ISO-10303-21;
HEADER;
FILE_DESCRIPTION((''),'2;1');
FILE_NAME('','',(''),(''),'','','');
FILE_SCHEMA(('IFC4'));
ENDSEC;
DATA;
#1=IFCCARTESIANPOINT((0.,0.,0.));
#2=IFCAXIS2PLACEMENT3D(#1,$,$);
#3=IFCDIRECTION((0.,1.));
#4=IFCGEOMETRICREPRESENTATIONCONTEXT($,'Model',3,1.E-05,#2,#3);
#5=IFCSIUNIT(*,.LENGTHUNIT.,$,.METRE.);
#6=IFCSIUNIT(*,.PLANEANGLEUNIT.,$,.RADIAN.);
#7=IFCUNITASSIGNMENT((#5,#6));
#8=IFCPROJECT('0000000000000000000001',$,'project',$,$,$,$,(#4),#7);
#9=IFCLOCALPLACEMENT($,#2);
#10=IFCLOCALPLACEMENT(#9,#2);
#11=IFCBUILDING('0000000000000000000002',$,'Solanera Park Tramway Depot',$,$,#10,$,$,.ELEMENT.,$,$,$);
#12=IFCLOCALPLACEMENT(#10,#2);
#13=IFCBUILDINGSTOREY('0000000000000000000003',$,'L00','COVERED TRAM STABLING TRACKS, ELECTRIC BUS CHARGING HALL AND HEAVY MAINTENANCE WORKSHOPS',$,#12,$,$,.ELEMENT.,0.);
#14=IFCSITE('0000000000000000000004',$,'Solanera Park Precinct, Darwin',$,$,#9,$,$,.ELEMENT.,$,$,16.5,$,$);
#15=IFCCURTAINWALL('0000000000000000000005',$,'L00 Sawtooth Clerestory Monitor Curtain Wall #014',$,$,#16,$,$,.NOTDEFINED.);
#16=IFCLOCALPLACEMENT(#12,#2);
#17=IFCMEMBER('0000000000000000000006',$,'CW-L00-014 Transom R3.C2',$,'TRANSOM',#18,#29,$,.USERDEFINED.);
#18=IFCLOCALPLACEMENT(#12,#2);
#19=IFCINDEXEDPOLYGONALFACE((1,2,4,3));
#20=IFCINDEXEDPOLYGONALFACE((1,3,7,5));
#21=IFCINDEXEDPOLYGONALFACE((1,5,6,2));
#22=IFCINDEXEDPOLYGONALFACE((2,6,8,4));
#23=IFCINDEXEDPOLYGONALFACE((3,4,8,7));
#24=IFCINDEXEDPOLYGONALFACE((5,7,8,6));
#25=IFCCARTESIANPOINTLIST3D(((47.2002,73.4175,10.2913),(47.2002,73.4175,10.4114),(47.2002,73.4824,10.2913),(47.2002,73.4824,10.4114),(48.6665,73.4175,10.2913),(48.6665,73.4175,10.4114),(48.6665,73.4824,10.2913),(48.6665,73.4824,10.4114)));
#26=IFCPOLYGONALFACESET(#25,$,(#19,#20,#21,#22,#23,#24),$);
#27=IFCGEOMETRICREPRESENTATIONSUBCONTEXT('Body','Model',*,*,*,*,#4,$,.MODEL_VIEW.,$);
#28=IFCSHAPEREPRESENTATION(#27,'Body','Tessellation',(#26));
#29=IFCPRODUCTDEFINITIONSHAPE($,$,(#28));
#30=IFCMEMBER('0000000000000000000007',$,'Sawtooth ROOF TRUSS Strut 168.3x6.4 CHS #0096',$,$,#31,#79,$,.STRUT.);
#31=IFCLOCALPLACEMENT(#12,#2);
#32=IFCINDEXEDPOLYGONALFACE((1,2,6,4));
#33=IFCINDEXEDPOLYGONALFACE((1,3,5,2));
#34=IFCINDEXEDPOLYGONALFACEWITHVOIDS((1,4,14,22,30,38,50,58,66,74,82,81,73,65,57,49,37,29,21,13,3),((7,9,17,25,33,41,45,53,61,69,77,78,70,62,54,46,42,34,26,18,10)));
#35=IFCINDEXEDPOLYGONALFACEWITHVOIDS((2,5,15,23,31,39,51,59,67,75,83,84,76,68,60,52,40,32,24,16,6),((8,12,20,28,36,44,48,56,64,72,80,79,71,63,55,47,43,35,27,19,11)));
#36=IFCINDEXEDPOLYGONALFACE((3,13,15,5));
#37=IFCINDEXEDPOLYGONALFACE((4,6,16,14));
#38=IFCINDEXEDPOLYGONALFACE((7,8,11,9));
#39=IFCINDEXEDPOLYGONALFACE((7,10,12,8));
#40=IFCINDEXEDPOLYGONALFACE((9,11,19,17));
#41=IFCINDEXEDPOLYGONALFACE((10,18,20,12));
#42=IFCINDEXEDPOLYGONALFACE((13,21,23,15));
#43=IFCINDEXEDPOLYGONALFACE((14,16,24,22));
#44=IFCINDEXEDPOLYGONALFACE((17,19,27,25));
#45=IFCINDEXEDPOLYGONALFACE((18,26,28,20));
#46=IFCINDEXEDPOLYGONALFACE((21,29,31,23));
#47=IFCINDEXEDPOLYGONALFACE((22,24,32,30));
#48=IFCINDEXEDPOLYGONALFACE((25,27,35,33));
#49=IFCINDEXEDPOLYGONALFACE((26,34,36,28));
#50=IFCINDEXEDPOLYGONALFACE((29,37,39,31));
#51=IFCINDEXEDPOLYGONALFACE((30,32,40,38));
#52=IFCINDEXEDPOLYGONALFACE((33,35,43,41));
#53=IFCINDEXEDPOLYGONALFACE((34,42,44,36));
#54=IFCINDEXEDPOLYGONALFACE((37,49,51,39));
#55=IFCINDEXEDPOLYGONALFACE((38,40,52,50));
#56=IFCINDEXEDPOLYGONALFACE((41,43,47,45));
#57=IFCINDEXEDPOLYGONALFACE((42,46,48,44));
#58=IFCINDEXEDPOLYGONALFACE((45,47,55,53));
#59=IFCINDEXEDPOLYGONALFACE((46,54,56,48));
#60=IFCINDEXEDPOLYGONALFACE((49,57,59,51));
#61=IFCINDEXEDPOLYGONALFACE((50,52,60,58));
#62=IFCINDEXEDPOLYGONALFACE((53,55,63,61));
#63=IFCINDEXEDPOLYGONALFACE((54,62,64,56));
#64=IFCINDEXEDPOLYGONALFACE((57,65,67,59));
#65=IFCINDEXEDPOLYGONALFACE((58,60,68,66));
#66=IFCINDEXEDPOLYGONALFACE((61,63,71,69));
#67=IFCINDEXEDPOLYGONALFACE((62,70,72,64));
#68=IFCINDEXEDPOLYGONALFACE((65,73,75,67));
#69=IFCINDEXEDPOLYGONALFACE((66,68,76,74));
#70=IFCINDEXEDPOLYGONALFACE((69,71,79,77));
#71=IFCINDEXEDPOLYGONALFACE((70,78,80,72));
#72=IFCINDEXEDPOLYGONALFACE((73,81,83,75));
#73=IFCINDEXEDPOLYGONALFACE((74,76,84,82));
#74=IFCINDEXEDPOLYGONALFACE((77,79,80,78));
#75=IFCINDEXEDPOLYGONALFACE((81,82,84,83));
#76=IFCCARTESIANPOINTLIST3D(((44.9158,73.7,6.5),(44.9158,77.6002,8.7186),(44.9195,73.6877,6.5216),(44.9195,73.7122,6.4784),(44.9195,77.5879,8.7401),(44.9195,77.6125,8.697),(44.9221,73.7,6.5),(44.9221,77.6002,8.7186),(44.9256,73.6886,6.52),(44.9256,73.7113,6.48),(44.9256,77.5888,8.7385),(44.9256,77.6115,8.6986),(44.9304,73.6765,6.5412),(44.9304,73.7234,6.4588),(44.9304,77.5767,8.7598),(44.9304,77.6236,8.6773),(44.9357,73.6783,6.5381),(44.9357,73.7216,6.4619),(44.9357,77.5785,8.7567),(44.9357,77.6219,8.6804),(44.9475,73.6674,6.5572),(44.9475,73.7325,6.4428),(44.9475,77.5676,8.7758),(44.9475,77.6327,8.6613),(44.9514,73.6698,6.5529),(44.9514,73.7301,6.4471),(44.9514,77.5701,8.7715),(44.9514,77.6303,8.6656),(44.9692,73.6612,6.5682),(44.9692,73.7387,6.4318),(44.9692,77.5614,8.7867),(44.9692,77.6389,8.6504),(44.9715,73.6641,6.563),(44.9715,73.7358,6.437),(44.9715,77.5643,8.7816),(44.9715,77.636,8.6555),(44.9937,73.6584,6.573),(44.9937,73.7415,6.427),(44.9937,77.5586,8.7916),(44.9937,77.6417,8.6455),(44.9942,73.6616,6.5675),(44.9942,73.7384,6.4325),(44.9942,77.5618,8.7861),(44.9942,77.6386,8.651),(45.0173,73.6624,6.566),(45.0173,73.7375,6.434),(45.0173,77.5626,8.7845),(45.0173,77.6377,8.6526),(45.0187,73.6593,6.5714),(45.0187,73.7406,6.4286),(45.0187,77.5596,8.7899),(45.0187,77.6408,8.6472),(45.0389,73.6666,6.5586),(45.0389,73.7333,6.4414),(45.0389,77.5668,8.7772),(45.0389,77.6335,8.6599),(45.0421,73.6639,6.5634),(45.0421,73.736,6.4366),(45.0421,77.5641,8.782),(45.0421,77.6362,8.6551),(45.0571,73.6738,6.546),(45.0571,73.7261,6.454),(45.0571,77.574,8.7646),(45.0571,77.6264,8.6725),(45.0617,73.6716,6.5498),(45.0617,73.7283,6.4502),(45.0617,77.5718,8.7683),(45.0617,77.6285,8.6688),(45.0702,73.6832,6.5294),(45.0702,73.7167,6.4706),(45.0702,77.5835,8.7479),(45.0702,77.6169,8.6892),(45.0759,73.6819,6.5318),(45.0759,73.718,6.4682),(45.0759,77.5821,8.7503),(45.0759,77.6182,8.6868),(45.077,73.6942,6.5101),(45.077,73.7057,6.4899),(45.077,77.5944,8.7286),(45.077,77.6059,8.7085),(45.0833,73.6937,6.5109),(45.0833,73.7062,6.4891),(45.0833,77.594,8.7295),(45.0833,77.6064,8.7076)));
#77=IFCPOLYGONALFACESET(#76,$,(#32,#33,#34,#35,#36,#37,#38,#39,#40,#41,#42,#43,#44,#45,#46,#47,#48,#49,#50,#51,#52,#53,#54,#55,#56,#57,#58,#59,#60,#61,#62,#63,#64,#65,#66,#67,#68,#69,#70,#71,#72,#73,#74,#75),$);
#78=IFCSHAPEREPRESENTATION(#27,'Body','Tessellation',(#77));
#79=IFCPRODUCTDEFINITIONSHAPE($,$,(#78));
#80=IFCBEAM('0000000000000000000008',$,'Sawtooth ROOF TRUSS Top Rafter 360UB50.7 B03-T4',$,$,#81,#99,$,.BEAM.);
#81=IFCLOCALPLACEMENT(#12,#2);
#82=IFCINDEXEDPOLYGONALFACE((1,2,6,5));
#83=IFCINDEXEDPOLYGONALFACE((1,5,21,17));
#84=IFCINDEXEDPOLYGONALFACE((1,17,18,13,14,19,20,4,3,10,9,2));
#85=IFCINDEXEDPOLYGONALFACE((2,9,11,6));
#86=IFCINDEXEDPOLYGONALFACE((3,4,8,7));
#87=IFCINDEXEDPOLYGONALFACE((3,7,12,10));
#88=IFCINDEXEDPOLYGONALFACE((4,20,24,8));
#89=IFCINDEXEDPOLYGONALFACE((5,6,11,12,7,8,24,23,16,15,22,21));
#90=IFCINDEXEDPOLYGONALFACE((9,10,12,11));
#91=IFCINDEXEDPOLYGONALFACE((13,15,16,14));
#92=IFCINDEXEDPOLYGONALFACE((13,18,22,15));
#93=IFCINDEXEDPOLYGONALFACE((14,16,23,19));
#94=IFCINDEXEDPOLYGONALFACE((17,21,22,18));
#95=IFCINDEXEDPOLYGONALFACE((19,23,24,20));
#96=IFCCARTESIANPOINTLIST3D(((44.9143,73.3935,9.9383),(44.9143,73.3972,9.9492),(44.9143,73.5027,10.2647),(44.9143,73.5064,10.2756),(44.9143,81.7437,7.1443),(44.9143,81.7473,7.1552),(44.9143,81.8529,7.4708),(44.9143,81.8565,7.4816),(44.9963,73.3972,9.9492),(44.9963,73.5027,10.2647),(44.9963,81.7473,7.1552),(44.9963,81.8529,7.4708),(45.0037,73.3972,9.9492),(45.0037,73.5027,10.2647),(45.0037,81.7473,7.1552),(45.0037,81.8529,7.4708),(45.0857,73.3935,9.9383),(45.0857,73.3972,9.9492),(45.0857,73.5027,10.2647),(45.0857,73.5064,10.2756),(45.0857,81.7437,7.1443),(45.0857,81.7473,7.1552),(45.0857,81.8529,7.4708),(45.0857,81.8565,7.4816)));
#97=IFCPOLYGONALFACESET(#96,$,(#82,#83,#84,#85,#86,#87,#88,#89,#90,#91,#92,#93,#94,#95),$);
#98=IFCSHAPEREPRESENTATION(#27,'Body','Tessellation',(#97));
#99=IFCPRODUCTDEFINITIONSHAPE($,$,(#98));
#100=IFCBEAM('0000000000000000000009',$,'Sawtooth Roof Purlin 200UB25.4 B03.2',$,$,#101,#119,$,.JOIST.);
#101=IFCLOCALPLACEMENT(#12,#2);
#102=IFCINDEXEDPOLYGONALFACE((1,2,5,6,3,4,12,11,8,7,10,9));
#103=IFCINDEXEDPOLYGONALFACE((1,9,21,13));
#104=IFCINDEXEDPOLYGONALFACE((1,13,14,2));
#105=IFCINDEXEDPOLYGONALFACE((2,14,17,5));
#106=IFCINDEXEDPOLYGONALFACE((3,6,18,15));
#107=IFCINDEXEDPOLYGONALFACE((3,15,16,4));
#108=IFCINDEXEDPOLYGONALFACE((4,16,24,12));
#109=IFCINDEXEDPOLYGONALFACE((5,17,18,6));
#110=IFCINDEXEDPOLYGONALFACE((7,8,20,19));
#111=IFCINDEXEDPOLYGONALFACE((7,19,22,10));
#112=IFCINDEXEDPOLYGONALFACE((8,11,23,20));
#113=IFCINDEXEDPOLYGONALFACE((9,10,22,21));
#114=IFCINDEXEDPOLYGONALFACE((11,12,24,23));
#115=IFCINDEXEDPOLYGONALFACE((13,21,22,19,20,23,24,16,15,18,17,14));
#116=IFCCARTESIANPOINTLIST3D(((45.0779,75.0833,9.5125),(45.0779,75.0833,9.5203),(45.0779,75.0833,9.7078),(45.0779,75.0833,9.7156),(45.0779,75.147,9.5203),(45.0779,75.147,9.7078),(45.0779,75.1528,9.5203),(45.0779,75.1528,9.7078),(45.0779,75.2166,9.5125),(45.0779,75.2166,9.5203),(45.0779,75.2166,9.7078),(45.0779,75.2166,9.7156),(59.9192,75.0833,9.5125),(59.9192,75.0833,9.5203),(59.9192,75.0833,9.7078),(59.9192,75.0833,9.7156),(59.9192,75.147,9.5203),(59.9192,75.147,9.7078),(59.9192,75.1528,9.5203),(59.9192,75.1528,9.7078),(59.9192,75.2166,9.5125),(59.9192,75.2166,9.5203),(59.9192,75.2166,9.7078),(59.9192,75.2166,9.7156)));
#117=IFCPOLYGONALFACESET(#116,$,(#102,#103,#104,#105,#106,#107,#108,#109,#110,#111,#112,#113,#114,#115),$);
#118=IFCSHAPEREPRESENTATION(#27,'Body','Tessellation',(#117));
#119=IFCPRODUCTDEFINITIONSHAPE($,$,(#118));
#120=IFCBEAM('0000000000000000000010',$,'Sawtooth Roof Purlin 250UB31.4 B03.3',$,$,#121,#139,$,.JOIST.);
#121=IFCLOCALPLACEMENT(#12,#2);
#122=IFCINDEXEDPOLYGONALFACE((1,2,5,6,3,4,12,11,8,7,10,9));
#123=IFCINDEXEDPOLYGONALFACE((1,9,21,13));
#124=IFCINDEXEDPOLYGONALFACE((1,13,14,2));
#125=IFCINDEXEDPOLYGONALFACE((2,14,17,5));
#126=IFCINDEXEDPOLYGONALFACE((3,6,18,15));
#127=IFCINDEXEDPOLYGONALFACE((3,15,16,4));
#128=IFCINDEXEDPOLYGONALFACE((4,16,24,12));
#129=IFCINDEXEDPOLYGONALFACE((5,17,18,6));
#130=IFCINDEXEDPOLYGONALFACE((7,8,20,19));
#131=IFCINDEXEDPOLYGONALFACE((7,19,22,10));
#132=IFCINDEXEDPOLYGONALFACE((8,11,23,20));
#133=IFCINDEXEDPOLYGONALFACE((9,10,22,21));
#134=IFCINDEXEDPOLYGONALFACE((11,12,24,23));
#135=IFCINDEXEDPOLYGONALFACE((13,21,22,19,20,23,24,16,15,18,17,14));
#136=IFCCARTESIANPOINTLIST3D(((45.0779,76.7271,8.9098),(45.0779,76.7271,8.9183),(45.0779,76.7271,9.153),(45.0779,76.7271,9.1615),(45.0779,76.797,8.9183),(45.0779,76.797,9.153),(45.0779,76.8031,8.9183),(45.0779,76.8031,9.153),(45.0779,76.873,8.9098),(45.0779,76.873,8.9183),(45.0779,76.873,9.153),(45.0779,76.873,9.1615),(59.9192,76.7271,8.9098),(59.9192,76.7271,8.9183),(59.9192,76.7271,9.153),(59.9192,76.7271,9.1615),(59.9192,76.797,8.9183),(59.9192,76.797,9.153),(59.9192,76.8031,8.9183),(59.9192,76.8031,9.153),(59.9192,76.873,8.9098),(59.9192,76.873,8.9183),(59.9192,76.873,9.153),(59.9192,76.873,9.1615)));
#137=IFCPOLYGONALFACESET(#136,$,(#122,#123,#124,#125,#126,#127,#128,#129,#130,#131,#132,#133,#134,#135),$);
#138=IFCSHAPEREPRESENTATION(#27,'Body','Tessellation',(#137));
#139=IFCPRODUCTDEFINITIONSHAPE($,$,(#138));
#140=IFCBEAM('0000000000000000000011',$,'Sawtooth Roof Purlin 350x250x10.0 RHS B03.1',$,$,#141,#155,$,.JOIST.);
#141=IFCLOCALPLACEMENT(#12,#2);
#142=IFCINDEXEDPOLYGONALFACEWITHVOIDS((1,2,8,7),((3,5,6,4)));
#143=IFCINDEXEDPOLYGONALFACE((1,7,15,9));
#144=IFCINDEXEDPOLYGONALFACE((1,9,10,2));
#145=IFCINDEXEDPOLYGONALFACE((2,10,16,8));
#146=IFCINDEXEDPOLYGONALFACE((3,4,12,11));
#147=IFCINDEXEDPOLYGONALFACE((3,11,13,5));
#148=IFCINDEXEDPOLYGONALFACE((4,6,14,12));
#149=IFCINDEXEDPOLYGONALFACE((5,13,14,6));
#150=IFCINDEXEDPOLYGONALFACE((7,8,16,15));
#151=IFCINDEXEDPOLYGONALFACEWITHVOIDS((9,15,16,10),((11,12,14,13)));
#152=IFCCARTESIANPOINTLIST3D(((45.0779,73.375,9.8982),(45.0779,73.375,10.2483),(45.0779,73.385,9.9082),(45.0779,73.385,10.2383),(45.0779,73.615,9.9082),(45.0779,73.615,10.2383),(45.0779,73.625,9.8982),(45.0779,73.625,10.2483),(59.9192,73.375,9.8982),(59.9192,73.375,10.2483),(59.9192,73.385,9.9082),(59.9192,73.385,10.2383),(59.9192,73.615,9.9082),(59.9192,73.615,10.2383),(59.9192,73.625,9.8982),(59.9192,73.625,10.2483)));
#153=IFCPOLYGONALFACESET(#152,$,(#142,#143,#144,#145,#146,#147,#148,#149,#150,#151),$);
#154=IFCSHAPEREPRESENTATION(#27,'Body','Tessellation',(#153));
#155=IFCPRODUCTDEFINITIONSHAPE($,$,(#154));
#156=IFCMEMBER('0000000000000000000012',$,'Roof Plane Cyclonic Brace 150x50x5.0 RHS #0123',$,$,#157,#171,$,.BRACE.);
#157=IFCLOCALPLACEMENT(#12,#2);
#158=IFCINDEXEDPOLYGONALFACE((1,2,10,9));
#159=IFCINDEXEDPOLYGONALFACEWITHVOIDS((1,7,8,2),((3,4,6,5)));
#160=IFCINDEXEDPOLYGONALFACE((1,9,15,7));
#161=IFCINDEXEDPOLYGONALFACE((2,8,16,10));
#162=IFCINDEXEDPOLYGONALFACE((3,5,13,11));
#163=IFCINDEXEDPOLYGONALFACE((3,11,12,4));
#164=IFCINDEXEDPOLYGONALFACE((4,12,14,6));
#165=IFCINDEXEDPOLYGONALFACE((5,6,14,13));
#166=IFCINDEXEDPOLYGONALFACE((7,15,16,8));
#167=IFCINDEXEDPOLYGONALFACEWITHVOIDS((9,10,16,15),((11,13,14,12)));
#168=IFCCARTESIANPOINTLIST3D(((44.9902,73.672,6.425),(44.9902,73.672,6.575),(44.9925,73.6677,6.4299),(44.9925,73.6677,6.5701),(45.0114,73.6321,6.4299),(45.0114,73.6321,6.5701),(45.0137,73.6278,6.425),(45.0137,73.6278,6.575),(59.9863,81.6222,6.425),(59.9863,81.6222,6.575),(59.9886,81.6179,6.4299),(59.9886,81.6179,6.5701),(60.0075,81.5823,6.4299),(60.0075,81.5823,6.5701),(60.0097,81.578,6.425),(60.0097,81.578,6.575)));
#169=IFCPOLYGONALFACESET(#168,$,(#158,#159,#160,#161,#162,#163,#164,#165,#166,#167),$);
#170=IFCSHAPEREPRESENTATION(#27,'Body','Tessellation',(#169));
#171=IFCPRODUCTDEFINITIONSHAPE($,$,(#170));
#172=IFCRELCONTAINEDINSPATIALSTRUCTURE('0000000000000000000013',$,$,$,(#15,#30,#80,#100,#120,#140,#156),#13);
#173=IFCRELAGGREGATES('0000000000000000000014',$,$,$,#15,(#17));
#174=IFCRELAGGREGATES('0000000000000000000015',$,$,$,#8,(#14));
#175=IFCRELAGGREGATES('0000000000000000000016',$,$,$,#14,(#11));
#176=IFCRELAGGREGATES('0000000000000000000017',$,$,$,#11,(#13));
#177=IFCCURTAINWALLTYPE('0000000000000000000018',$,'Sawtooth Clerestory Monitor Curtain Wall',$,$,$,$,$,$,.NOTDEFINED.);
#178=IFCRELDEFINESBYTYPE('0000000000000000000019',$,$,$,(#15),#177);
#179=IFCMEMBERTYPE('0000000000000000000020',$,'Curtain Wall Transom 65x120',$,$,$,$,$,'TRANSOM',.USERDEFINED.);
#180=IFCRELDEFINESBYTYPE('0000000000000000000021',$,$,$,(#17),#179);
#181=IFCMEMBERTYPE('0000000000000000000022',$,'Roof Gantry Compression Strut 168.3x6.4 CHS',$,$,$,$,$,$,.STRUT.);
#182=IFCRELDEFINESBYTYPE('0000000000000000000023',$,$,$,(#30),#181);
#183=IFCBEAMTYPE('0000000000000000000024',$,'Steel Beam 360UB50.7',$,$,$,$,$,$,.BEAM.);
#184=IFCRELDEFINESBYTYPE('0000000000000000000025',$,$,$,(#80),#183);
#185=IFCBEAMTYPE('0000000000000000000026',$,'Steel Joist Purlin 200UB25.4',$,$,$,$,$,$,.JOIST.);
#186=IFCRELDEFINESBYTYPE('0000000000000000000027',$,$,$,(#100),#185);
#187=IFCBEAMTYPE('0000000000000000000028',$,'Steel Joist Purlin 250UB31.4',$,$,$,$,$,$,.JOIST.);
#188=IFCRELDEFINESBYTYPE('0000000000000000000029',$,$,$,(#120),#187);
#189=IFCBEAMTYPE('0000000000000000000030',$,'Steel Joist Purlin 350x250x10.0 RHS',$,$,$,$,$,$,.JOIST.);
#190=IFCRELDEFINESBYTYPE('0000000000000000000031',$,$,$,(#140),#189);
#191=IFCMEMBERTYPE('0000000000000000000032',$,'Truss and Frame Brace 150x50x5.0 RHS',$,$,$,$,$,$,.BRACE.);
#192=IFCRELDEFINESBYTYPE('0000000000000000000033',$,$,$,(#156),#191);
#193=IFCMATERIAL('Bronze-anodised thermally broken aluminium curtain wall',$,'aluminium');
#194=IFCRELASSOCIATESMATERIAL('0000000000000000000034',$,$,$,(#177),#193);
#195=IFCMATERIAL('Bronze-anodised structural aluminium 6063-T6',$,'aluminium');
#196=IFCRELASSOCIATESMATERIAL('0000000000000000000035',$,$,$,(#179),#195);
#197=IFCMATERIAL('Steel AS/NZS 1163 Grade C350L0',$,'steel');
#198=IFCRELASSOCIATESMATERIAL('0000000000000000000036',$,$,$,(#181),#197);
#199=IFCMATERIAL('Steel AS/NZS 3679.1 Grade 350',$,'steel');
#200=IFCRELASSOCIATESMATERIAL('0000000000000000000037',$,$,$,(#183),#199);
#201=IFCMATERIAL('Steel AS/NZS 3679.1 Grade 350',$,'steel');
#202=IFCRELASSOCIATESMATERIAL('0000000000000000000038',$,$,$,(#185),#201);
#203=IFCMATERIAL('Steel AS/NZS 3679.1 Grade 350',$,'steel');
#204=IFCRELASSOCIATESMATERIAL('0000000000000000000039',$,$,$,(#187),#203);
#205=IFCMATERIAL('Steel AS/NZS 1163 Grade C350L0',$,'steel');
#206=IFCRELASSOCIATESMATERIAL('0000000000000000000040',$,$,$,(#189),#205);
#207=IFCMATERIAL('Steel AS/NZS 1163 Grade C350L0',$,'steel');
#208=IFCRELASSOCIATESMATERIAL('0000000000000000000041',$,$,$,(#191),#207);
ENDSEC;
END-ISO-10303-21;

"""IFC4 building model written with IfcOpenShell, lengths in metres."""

from ifc_helpers import new_model, si_unit, direction, frame, origin, origin_2d, place, context, subcontext, project, spatial, rectangle, hollow_rectangle, hollow_circle, i_section, extrude, material, material_profile, profile_set, type_object, element, aggregate, save


model = new_model("IFC4")

# Units and contexts
model_context = context("Model", 3, precision=1e-05, world=origin(), true_north=direction((0.0, 1.0)))
body_context = subcontext(model_context, "Body", "Model", "MODEL_VIEW")
ifc_project = project(units=[si_unit("LENGTHUNIT", "METRE"), si_unit("PLANEANGLEUNIT", "RADIAN")], contexts=[model_context])

# Site, building, storey
site_placement = place(None, origin())
site = spatial("IfcSite", under=ifc_project, at=site_placement, Name="Solanera Park Precinct, Darwin", CompositionType="ELEMENT", RefElevation=16.5)
building_placement = place(site_placement, origin())
building = spatial("IfcBuilding", under=site, at=building_placement, Name="Solanera Park Tramway Depot", CompositionType="ELEMENT")
storey_placement = place(building_placement, origin())
storey = spatial("IfcBuildingStorey", under=building, at=storey_placement, Name="L00", Description="COVERED TRAM STABLING TRACKS, ELECTRIC BUS CHARGING HALL AND HEAVY MAINTENANCE WORKSHOPS", CompositionType="ELEMENT", Elevation=0.0)

# Curtain wall
ifc_material_1 = material(Name="Bronze-anodised thermally broken aluminium curtain wall", Category="aluminium")
curtain_wall_type = type_object("IfcCurtainWallType", Name="Sawtooth Clerestory Monitor Curtain Wall", PredefinedType="NOTDEFINED", material=ifc_material_1)
curtain_wall_1_placement = place(storey_placement, origin())
curtain_wall_1 = element("IfcCurtainWall", 1, at=curtain_wall_1_placement, inside=storey, type_object=curtain_wall_type, Name="L00 Sawtooth Clerestory Monitor Curtain Wall #014", PredefinedType="NOTDEFINED")

# Members
ifc_material_2 = material(Name="Bronze-anodised structural aluminium 6063-T6", Category="aluminium")
ifc_material_profile_1 = material_profile(ifc_material_2, rectangle(XDim=0.0649, YDim=0.1201, at=origin_2d()), Name="Curtain Wall Transom 65x120")
ifc_profile_set_1 = profile_set([ifc_material_profile_1], Name="Bronze-anodised structural aluminium 6063-T6")
member_type_1 = type_object("IfcMemberType", Name="Curtain Wall Transom 65x120", ElementType="TRANSOM", PredefinedType="USERDEFINED", material=ifc_profile_set_1)
member_1_placement = place(storey_placement, frame((47.2002, 73.45, 10.3513), z_axis=(1.0, 0.0, 0.0), x_axis=(0.0, 1.0, 0.0)))
member_1 = element("IfcMember", 2, at=member_1_placement, type_object=member_type_1, Name="CW-L00-014 Transom R3.C2", ObjectType="TRANSOM", PredefinedType="USERDEFINED", context=body_context, shape_type="SweptSolid", body=[
    extrude(rectangle(XDim=0.0649, YDim=0.1201, at=origin_2d()), origin(), (0.0, 0.0, 1.0), 1.4663),
])
ifc_material_3 = material(Name="Steel AS/NZS 1163 Grade C350L0", Category="steel")
ifc_material_profile_2 = material_profile(ifc_material_3, hollow_circle(Radius=0.0842, WallThickness=0.0063, at=origin_2d()), Name="168.3x6.4 CHS")
ifc_profile_set_2 = profile_set([ifc_material_profile_2], Name="Steel AS/NZS 1163 Grade C350L0")
member_type_2 = type_object("IfcMemberType", Name="Roof Gantry Compression Strut 168.3x6.4 CHS", PredefinedType="STRUT", material=ifc_profile_set_2)
member_2_placement = place(storey_placement, frame((45.0, 73.7, 6.5), z_axis=(0.0, 0.869216, 0.494433), x_axis=(-1.0, 0.0, 0.0)))
element("IfcMember", 3, at=member_2_placement, inside=storey, type_object=member_type_2, Name="Sawtooth ROOF TRUSS Strut 168.3x6.4 CHS #0096", PredefinedType="STRUT", context=body_context, shape_type="SweptSolid", body=[
    extrude(hollow_circle(Radius=0.0842, WallThickness=0.0063, at=origin_2d()), origin(), (0.0, 0.0, 1.0), 4.4871),
])

# Beams
ifc_material_4 = material(Name="Steel AS/NZS 3679.1 Grade 350", Category="steel")
ifc_material_profile_3 = material_profile(ifc_material_4, i_section(OverallWidth=0.1714, OverallDepth=0.3557, WebThickness=0.0073, FlangeThickness=0.0115, at=origin_2d()), Name="360UB50.7")
ifc_profile_set_3 = profile_set([ifc_material_profile_3], Name="Steel AS/NZS 3679.1 Grade 350")
beam_type_1 = type_object("IfcBeamType", Name="Steel Beam 360UB50.7", PredefinedType="BEAM", material=ifc_profile_set_3)
beam_1_placement = place(storey_placement, frame((45.0, 73.45, 10.1069), z_axis=(0.0, 0.948322, -0.317309), x_axis=(-1.0, 0.0, 0.0)))
element("IfcBeam", 4, at=beam_1_placement, inside=storey, type_object=beam_type_1, Name="Sawtooth ROOF TRUSS Top Rafter 360UB50.7 B03-T4", PredefinedType="BEAM", context=body_context, shape_type="SweptSolid", body=[
    extrude(i_section(OverallWidth=0.1714, OverallDepth=0.3557, WebThickness=0.0073, FlangeThickness=0.0115, at=origin_2d()), origin(), (0.0, 0.0, 1.0), 8.8052),
])
ifc_material_5 = material(Name="Steel AS/NZS 3679.1 Grade 350", Category="steel")
ifc_material_profile_4 = material_profile(ifc_material_5, i_section(OverallWidth=0.1333, OverallDepth=0.2031, WebThickness=0.0059, FlangeThickness=0.0078, at=origin_2d()), Name="200UB25.4")
ifc_profile_set_4 = profile_set([ifc_material_profile_4], Name="Steel AS/NZS 3679.1 Grade 350")
beam_type_2 = type_object("IfcBeamType", Name="Steel Joist Purlin 200UB25.4", PredefinedType="JOIST", material=ifc_profile_set_4)
beam_2_placement = place(storey_placement, frame((45.0779, 75.1499, 9.614), z_axis=(1.0, 0.0, 0.0), x_axis=(0.0, 1.0, 0.0)))
element("IfcBeam", 5, at=beam_2_placement, inside=storey, type_object=beam_type_2, Name="Sawtooth Roof Purlin 200UB25.4 B03.2", PredefinedType="JOIST", context=body_context, shape_type="SweptSolid", body=[
    extrude(i_section(OverallWidth=0.1333, OverallDepth=0.2031, WebThickness=0.0059, FlangeThickness=0.0078, at=origin_2d()), origin(), (0.0, 0.0, 1.0), 14.8413),
])
ifc_material_6 = material(Name="Steel AS/NZS 3679.1 Grade 350", Category="steel")
ifc_material_profile_5 = material_profile(ifc_material_6, i_section(OverallWidth=0.146, OverallDepth=0.2517, WebThickness=0.0061, FlangeThickness=0.0085, at=origin_2d()), Name="250UB31.4")
ifc_profile_set_5 = profile_set([ifc_material_profile_5], Name="Steel AS/NZS 3679.1 Grade 350")
beam_type_3 = type_object("IfcBeamType", Name="Steel Joist Purlin 250UB31.4", PredefinedType="JOIST", material=ifc_profile_set_5)
beam_3_placement = place(storey_placement, frame((45.0779, 76.8, 9.0356), z_axis=(1.0, 0.0, 0.0), x_axis=(0.0, 1.0, 0.0)))
element("IfcBeam", 6, at=beam_3_placement, inside=storey, type_object=beam_type_3, Name="Sawtooth Roof Purlin 250UB31.4 B03.3", PredefinedType="JOIST", context=body_context, shape_type="SweptSolid", body=[
    extrude(i_section(OverallWidth=0.146, OverallDepth=0.2517, WebThickness=0.0061, FlangeThickness=0.0085, at=origin_2d()), origin(), (0.0, 0.0, 1.0), 14.8413),
])
ifc_material_7 = material(Name="Steel AS/NZS 1163 Grade C350L0", Category="steel")
ifc_material_profile_6 = material_profile(ifc_material_7, hollow_rectangle(XDim=0.25, YDim=0.3501, WallThickness=0.01, at=origin_2d()), Name="350x250x10.0 RHS")
ifc_profile_set_6 = profile_set([ifc_material_profile_6], Name="Steel AS/NZS 1163 Grade C350L0")
beam_type_4 = type_object("IfcBeamType", Name="Steel Joist Purlin 350x250x10.0 RHS", PredefinedType="JOIST", material=ifc_profile_set_6)
beam_4_placement = place(storey_placement, frame((45.0779, 73.5, 10.0732), z_axis=(1.0, 0.0, 0.0), x_axis=(0.0, 1.0, 0.0)))
element("IfcBeam", 7, at=beam_4_placement, inside=storey, type_object=beam_type_4, Name="Sawtooth Roof Purlin 350x250x10.0 RHS B03.1", PredefinedType="JOIST", context=body_context, shape_type="SweptSolid", body=[
    extrude(hollow_rectangle(XDim=0.25, YDim=0.3501, WallThickness=0.01, at=origin_2d()), origin(), (0.0, 0.0, 1.0), 14.8413),
])

# Member
ifc_material_8 = material(Name="Steel AS/NZS 1163 Grade C350L0", Category="steel")
ifc_material_profile_7 = material_profile(ifc_material_8, hollow_rectangle(XDim=0.05, YDim=0.1499, WallThickness=0.0049, at=origin_2d()), Name="150x50x5.0 RHS")
ifc_profile_set_7 = profile_set([ifc_material_profile_7], Name="Steel AS/NZS 1163 Grade C350L0")
member_type_3 = type_object("IfcMemberType", Name="Truss and Frame Brace 150x50x5.0 RHS", PredefinedType="BRACE", material=ifc_profile_set_7)
member_3_placement = place(storey_placement, frame((45.002, 73.6499, 6.5), z_axis=(0.883518, 0.468398, 0.0), x_axis=(-0.468398, 0.883518, 0.0)))
element("IfcMember", 8, at=member_3_placement, inside=storey, type_object=member_type_3, Name="Roof Plane Cyclonic Brace 150x50x5.0 RHS #0123", PredefinedType="BRACE", context=body_context, shape_type="SweptSolid", body=[
    extrude(hollow_rectangle(XDim=0.05, YDim=0.1499, WallThickness=0.0049, at=origin_2d()), origin(), (0.0, 0.0, 1.0), 16.9731),
])

aggregate(curtain_wall_1, [member_1])

save(model, "model.ifc")
